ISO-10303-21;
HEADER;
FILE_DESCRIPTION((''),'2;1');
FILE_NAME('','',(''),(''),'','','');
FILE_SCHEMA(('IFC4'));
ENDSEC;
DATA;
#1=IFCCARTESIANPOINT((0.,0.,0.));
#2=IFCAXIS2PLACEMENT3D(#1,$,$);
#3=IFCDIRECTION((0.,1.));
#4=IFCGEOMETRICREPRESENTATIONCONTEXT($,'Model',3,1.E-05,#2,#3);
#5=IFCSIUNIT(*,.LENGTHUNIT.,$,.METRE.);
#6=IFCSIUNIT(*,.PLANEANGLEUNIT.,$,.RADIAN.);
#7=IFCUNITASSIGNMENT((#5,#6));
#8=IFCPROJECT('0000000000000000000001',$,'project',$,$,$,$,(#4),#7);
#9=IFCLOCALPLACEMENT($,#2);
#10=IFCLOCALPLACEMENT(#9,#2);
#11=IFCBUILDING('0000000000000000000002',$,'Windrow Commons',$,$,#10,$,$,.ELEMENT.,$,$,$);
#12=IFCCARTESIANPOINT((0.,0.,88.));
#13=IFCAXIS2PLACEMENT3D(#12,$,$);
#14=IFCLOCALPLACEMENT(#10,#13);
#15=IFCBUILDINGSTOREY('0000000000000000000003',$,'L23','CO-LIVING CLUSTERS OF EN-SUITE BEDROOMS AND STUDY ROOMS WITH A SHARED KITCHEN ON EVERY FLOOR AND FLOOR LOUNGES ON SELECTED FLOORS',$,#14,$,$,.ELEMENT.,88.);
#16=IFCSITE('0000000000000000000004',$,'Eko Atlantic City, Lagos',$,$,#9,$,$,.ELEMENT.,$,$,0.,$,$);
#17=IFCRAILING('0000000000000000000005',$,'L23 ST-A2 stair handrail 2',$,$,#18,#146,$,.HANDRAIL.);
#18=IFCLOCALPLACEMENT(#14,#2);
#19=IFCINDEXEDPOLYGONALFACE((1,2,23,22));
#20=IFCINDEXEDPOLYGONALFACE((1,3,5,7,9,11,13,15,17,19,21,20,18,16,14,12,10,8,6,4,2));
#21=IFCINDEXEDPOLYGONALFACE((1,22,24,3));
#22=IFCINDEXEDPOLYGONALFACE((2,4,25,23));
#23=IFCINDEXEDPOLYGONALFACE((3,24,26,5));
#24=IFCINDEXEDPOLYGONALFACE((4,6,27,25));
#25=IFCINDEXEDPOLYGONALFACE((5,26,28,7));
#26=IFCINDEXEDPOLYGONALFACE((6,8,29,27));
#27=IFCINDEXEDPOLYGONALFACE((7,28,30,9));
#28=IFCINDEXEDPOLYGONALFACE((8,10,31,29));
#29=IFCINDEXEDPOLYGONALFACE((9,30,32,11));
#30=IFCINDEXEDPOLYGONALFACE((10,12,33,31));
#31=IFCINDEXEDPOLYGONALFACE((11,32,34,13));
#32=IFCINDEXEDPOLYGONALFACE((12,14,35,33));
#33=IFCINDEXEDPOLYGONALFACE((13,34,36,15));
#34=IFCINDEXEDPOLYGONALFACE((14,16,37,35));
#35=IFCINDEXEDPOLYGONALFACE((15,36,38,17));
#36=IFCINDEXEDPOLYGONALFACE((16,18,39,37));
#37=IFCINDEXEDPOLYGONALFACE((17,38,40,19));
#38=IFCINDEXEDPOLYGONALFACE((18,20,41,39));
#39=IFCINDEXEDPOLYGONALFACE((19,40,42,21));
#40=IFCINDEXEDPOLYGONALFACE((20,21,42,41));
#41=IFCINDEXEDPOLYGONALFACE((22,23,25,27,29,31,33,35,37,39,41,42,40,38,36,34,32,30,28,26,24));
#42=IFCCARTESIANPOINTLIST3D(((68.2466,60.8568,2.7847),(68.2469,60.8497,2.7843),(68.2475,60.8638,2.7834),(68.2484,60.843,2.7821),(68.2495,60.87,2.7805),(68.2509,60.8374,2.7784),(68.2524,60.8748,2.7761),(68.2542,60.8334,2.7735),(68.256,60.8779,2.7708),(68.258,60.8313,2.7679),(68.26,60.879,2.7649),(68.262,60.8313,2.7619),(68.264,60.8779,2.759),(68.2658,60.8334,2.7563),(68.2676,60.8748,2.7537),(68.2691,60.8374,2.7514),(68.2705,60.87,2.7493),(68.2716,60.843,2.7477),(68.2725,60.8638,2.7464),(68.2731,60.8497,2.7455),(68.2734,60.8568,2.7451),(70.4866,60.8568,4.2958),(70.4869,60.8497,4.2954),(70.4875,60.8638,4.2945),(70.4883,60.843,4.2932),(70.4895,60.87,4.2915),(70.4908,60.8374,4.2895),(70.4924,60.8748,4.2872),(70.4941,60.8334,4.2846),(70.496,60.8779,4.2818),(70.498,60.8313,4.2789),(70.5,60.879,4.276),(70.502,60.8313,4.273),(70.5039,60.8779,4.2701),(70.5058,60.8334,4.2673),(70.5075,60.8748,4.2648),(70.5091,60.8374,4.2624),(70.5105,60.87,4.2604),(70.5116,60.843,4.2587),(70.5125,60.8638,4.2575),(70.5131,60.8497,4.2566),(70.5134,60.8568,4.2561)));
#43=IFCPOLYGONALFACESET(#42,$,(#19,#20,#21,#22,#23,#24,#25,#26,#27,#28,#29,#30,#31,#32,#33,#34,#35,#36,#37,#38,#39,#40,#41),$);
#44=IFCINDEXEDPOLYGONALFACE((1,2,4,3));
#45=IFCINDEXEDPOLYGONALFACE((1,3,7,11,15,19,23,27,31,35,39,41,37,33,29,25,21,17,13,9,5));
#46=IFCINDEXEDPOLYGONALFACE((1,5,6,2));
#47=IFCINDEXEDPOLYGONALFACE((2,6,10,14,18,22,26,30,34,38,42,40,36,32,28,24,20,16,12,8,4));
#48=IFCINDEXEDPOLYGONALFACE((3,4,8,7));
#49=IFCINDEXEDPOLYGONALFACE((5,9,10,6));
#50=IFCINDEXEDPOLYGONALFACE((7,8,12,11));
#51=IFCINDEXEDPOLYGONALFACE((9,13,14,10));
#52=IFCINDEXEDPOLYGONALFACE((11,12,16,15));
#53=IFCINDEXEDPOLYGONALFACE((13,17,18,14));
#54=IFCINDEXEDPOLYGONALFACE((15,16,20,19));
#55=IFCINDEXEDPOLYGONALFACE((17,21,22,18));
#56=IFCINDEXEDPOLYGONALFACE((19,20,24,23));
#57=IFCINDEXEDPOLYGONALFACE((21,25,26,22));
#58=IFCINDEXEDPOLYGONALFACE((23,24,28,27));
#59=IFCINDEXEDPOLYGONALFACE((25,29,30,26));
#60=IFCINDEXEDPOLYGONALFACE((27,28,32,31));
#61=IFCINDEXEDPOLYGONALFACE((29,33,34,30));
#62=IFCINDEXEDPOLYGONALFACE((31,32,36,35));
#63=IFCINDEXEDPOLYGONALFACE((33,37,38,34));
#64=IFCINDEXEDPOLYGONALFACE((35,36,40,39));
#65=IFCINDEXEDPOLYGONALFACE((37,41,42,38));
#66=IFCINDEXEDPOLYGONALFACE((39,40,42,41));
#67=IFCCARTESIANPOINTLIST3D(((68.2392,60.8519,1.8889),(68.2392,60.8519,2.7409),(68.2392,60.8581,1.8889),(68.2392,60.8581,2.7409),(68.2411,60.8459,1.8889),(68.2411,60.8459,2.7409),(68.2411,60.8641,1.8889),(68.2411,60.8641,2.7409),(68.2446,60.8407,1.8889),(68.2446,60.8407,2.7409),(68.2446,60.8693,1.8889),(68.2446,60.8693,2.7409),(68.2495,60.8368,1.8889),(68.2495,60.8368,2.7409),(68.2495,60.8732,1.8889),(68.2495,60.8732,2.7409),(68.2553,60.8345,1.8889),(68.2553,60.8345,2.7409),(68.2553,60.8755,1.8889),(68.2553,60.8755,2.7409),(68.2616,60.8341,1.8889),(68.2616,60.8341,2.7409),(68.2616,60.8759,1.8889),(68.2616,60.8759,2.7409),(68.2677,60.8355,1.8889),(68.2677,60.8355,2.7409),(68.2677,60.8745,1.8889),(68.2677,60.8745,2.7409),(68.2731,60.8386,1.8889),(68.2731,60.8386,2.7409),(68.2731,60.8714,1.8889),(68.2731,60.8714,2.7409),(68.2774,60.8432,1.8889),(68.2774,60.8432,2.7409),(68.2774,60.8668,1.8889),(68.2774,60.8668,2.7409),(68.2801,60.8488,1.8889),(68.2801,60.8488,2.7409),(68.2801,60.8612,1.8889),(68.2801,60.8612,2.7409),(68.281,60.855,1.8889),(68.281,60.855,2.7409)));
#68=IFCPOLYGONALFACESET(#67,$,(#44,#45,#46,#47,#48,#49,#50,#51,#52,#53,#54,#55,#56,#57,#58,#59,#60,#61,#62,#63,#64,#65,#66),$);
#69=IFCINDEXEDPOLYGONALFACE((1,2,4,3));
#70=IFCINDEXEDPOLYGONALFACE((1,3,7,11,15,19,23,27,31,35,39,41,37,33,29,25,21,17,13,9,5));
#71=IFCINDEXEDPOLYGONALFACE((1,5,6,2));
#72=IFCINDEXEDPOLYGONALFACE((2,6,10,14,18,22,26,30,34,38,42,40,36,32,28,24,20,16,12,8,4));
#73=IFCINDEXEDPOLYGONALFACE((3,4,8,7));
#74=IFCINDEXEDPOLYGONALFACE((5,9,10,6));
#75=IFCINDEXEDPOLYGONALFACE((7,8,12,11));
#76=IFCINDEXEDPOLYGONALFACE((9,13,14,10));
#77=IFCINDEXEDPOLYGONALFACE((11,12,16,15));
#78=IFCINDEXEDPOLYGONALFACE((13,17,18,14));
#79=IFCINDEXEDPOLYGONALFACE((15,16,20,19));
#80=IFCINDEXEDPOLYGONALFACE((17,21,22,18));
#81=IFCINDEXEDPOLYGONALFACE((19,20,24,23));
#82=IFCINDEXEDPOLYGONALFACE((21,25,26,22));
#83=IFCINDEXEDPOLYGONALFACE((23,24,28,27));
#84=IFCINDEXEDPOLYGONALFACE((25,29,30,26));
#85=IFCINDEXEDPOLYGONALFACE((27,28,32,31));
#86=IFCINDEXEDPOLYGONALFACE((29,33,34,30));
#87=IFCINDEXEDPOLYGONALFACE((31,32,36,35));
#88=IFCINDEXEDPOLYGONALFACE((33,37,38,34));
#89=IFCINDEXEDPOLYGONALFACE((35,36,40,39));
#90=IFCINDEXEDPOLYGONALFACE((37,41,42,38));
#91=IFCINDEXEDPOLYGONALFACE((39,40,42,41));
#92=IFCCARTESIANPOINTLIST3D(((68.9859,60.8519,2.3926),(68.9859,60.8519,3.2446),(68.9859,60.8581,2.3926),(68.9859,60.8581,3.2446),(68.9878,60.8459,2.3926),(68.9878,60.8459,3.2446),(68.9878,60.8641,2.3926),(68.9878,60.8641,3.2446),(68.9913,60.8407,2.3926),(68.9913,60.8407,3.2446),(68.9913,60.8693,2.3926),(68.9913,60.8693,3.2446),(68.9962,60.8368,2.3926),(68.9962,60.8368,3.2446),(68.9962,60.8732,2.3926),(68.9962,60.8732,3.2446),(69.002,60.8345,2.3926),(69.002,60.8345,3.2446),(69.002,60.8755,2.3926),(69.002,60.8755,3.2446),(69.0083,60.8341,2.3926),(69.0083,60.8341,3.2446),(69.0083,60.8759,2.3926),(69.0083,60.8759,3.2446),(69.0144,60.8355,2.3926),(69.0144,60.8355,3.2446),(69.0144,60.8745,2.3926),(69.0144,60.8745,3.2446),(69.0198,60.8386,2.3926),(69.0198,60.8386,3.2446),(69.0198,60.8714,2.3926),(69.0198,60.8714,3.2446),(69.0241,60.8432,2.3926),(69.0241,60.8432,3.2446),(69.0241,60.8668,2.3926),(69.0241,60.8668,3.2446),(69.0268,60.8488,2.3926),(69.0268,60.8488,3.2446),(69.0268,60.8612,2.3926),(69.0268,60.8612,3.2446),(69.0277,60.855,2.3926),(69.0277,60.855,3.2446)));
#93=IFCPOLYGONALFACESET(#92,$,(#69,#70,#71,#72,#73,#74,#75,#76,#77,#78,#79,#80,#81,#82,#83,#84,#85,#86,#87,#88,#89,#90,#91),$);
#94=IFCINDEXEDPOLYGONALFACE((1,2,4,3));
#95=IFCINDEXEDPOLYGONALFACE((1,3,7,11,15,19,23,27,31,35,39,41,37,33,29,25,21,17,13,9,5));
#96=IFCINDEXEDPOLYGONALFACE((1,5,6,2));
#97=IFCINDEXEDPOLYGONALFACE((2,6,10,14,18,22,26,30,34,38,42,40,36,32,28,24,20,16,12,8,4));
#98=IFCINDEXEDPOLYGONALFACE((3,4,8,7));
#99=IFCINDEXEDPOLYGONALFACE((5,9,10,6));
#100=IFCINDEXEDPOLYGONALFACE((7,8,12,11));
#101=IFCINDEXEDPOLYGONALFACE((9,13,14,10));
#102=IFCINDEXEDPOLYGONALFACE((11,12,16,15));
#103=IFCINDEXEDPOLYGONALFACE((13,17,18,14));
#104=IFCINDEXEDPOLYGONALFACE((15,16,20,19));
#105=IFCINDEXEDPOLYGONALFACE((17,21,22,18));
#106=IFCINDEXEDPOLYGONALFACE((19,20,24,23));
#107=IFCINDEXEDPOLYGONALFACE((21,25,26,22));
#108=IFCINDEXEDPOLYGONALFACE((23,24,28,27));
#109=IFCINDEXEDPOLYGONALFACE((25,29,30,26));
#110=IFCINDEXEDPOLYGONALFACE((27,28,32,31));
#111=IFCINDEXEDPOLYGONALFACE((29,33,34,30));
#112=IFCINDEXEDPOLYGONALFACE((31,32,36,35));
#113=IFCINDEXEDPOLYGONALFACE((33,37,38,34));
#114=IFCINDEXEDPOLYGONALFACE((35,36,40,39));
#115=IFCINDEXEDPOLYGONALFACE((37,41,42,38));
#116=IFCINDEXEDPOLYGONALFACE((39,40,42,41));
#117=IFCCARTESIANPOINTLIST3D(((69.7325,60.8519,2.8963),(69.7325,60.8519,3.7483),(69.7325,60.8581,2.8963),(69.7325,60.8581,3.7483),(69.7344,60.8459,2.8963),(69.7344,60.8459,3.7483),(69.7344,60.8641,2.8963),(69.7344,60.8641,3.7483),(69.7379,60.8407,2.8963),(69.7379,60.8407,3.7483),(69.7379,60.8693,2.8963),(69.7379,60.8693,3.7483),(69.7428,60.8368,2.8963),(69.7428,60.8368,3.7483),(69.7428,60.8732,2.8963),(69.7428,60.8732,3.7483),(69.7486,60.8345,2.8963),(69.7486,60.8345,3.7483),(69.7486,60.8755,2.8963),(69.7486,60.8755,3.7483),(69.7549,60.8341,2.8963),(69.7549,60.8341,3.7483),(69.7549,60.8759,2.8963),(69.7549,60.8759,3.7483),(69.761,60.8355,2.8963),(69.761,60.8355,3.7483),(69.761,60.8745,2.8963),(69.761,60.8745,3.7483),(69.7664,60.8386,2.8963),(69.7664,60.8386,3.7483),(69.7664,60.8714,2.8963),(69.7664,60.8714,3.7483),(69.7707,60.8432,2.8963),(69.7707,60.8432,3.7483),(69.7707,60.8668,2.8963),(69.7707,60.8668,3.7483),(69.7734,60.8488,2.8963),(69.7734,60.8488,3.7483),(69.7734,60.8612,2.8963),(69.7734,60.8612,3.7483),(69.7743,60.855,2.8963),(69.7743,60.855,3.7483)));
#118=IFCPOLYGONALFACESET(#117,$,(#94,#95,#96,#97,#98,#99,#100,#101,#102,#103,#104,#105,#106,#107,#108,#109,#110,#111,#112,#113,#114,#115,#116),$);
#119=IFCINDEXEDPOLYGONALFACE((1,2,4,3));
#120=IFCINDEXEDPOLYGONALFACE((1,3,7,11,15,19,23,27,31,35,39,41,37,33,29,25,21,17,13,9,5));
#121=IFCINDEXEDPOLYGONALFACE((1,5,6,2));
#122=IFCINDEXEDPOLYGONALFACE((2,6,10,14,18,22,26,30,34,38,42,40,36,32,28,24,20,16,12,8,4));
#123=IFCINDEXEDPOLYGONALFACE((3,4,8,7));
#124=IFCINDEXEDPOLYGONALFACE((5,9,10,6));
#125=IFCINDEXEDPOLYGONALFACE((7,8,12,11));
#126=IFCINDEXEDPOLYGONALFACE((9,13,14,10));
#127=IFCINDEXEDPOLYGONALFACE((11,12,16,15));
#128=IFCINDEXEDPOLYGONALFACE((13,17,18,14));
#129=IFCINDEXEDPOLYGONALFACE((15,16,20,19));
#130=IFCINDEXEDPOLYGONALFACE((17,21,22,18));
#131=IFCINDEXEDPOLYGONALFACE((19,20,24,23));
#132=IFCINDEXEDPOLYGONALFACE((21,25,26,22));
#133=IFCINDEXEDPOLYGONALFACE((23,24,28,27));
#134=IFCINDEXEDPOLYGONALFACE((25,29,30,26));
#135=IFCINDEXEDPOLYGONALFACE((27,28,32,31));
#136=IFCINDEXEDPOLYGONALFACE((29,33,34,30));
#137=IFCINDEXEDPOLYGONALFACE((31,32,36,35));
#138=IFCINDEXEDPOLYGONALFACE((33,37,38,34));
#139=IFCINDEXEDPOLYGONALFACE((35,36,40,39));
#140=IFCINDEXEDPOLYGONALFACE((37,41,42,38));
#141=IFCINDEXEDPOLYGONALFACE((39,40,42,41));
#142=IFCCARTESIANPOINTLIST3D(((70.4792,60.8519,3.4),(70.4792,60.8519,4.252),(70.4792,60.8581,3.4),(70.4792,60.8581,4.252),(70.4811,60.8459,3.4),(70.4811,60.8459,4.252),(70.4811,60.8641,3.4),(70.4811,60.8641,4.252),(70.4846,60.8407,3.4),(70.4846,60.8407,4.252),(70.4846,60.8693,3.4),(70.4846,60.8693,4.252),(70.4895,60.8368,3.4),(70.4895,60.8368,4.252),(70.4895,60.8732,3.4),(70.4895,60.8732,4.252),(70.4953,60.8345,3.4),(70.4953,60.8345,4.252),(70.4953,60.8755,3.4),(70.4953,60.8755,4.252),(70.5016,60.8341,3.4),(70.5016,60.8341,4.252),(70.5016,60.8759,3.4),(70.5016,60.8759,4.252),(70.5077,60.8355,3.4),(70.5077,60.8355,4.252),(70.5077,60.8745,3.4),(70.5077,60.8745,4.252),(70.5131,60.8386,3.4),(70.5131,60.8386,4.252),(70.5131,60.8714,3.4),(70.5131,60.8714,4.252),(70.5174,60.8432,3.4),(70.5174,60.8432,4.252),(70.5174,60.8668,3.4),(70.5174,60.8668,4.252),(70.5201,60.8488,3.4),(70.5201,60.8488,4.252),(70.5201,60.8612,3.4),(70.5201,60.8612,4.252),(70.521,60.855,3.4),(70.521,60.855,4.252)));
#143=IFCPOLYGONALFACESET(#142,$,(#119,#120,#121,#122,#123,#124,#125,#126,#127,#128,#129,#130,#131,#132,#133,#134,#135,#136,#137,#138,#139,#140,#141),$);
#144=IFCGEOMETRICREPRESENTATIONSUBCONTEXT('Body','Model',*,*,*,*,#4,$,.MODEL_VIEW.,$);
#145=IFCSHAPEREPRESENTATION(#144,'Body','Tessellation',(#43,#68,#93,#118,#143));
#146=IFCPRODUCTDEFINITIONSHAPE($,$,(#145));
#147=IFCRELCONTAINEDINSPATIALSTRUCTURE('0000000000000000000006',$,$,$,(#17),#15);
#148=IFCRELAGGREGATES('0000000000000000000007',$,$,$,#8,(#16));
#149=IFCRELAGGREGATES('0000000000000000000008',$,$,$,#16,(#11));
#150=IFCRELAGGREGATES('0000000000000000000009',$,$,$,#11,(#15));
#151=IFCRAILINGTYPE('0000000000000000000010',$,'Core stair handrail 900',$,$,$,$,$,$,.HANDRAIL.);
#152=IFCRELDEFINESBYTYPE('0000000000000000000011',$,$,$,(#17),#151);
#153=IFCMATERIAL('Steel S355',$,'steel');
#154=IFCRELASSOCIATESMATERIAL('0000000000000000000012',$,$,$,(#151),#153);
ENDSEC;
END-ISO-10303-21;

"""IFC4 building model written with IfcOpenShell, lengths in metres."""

from ifc_helpers import new_model, si_unit, direction, frame, origin, origin_2d, place, context, subcontext, project, spatial, circle, extrude, material, type_object, element, save


model = new_model("IFC4")

# Units and contexts
model_context = context("Model", 3, precision=1e-05, world=origin(), true_north=direction((0.0, 1.0)))
body_context = subcontext(model_context, "Body", "Model", "MODEL_VIEW")
ifc_project = project(units=[si_unit("LENGTHUNIT", "METRE"), si_unit("PLANEANGLEUNIT", "RADIAN")], contexts=[model_context])

# Site, building, storey
site_placement = place(None, origin())
site = spatial("IfcSite", under=ifc_project, at=site_placement, Name="Eko Atlantic City, Lagos", CompositionType="ELEMENT", RefElevation=0.0)
building_placement = place(site_placement, origin())
building = spatial("IfcBuilding", under=site, at=building_placement, Name="Windrow Commons", CompositionType="ELEMENT")
storey_placement = place(building_placement, frame((0.0, 0.0, 88.0)))
storey = spatial("IfcBuildingStorey", under=building, at=storey_placement, Name="L23", Description="CO-LIVING CLUSTERS OF EN-SUITE BEDROOMS AND STUDY ROOMS WITH A SHARED KITCHEN ON EVERY FLOOR AND FLOOR LOUNGES ON SELECTED FLOORS", CompositionType="ELEMENT", Elevation=88.0)

# Railing
ifc_material_1 = material(Name="Steel S355", Category="steel")
railing_type_1 = type_object("IfcRailingType", Name="Core stair handrail 900", PredefinedType="HANDRAIL", material=ifc_material_1)
railing_1_placement = place(storey_placement, frame((68.26, 60.855, 1.8889)))
element("IfcRailing", 1, at=railing_1_placement, inside=storey, type_object=railing_type_1, Name="L23 ST-A2 stair handrail 2", PredefinedType="HANDRAIL", context=body_context, shape_type="SweptSolid", body=[
    extrude(circle(Radius=0.024, at=origin_2d()), frame((0.0, 0.0, 0.876), z_axis=(0.829003, 0.0, 0.559244), x_axis=(0.0, 1.0, 0.0)), (0.0, 0.0, 1.0), 2.702),
    extrude(circle(Radius=0.021, at=origin_2d()), origin(), (0.0, 0.0, 1.0), 0.852),
    extrude(circle(Radius=0.021, at=origin_2d()), frame((0.7467, 0.0, 0.5037)), (0.0, 0.0, 1.0), 0.852),
    extrude(circle(Radius=0.021, at=origin_2d()), frame((1.4933, 0.0, 1.0074)), (0.0, 0.0, 1.0), 0.852),
    extrude(circle(Radius=0.021, at=origin_2d()), frame((2.24, 0.0, 1.5111)), (0.0, 0.0, 1.0), 0.852),
])

save(model, "model.ifc")
